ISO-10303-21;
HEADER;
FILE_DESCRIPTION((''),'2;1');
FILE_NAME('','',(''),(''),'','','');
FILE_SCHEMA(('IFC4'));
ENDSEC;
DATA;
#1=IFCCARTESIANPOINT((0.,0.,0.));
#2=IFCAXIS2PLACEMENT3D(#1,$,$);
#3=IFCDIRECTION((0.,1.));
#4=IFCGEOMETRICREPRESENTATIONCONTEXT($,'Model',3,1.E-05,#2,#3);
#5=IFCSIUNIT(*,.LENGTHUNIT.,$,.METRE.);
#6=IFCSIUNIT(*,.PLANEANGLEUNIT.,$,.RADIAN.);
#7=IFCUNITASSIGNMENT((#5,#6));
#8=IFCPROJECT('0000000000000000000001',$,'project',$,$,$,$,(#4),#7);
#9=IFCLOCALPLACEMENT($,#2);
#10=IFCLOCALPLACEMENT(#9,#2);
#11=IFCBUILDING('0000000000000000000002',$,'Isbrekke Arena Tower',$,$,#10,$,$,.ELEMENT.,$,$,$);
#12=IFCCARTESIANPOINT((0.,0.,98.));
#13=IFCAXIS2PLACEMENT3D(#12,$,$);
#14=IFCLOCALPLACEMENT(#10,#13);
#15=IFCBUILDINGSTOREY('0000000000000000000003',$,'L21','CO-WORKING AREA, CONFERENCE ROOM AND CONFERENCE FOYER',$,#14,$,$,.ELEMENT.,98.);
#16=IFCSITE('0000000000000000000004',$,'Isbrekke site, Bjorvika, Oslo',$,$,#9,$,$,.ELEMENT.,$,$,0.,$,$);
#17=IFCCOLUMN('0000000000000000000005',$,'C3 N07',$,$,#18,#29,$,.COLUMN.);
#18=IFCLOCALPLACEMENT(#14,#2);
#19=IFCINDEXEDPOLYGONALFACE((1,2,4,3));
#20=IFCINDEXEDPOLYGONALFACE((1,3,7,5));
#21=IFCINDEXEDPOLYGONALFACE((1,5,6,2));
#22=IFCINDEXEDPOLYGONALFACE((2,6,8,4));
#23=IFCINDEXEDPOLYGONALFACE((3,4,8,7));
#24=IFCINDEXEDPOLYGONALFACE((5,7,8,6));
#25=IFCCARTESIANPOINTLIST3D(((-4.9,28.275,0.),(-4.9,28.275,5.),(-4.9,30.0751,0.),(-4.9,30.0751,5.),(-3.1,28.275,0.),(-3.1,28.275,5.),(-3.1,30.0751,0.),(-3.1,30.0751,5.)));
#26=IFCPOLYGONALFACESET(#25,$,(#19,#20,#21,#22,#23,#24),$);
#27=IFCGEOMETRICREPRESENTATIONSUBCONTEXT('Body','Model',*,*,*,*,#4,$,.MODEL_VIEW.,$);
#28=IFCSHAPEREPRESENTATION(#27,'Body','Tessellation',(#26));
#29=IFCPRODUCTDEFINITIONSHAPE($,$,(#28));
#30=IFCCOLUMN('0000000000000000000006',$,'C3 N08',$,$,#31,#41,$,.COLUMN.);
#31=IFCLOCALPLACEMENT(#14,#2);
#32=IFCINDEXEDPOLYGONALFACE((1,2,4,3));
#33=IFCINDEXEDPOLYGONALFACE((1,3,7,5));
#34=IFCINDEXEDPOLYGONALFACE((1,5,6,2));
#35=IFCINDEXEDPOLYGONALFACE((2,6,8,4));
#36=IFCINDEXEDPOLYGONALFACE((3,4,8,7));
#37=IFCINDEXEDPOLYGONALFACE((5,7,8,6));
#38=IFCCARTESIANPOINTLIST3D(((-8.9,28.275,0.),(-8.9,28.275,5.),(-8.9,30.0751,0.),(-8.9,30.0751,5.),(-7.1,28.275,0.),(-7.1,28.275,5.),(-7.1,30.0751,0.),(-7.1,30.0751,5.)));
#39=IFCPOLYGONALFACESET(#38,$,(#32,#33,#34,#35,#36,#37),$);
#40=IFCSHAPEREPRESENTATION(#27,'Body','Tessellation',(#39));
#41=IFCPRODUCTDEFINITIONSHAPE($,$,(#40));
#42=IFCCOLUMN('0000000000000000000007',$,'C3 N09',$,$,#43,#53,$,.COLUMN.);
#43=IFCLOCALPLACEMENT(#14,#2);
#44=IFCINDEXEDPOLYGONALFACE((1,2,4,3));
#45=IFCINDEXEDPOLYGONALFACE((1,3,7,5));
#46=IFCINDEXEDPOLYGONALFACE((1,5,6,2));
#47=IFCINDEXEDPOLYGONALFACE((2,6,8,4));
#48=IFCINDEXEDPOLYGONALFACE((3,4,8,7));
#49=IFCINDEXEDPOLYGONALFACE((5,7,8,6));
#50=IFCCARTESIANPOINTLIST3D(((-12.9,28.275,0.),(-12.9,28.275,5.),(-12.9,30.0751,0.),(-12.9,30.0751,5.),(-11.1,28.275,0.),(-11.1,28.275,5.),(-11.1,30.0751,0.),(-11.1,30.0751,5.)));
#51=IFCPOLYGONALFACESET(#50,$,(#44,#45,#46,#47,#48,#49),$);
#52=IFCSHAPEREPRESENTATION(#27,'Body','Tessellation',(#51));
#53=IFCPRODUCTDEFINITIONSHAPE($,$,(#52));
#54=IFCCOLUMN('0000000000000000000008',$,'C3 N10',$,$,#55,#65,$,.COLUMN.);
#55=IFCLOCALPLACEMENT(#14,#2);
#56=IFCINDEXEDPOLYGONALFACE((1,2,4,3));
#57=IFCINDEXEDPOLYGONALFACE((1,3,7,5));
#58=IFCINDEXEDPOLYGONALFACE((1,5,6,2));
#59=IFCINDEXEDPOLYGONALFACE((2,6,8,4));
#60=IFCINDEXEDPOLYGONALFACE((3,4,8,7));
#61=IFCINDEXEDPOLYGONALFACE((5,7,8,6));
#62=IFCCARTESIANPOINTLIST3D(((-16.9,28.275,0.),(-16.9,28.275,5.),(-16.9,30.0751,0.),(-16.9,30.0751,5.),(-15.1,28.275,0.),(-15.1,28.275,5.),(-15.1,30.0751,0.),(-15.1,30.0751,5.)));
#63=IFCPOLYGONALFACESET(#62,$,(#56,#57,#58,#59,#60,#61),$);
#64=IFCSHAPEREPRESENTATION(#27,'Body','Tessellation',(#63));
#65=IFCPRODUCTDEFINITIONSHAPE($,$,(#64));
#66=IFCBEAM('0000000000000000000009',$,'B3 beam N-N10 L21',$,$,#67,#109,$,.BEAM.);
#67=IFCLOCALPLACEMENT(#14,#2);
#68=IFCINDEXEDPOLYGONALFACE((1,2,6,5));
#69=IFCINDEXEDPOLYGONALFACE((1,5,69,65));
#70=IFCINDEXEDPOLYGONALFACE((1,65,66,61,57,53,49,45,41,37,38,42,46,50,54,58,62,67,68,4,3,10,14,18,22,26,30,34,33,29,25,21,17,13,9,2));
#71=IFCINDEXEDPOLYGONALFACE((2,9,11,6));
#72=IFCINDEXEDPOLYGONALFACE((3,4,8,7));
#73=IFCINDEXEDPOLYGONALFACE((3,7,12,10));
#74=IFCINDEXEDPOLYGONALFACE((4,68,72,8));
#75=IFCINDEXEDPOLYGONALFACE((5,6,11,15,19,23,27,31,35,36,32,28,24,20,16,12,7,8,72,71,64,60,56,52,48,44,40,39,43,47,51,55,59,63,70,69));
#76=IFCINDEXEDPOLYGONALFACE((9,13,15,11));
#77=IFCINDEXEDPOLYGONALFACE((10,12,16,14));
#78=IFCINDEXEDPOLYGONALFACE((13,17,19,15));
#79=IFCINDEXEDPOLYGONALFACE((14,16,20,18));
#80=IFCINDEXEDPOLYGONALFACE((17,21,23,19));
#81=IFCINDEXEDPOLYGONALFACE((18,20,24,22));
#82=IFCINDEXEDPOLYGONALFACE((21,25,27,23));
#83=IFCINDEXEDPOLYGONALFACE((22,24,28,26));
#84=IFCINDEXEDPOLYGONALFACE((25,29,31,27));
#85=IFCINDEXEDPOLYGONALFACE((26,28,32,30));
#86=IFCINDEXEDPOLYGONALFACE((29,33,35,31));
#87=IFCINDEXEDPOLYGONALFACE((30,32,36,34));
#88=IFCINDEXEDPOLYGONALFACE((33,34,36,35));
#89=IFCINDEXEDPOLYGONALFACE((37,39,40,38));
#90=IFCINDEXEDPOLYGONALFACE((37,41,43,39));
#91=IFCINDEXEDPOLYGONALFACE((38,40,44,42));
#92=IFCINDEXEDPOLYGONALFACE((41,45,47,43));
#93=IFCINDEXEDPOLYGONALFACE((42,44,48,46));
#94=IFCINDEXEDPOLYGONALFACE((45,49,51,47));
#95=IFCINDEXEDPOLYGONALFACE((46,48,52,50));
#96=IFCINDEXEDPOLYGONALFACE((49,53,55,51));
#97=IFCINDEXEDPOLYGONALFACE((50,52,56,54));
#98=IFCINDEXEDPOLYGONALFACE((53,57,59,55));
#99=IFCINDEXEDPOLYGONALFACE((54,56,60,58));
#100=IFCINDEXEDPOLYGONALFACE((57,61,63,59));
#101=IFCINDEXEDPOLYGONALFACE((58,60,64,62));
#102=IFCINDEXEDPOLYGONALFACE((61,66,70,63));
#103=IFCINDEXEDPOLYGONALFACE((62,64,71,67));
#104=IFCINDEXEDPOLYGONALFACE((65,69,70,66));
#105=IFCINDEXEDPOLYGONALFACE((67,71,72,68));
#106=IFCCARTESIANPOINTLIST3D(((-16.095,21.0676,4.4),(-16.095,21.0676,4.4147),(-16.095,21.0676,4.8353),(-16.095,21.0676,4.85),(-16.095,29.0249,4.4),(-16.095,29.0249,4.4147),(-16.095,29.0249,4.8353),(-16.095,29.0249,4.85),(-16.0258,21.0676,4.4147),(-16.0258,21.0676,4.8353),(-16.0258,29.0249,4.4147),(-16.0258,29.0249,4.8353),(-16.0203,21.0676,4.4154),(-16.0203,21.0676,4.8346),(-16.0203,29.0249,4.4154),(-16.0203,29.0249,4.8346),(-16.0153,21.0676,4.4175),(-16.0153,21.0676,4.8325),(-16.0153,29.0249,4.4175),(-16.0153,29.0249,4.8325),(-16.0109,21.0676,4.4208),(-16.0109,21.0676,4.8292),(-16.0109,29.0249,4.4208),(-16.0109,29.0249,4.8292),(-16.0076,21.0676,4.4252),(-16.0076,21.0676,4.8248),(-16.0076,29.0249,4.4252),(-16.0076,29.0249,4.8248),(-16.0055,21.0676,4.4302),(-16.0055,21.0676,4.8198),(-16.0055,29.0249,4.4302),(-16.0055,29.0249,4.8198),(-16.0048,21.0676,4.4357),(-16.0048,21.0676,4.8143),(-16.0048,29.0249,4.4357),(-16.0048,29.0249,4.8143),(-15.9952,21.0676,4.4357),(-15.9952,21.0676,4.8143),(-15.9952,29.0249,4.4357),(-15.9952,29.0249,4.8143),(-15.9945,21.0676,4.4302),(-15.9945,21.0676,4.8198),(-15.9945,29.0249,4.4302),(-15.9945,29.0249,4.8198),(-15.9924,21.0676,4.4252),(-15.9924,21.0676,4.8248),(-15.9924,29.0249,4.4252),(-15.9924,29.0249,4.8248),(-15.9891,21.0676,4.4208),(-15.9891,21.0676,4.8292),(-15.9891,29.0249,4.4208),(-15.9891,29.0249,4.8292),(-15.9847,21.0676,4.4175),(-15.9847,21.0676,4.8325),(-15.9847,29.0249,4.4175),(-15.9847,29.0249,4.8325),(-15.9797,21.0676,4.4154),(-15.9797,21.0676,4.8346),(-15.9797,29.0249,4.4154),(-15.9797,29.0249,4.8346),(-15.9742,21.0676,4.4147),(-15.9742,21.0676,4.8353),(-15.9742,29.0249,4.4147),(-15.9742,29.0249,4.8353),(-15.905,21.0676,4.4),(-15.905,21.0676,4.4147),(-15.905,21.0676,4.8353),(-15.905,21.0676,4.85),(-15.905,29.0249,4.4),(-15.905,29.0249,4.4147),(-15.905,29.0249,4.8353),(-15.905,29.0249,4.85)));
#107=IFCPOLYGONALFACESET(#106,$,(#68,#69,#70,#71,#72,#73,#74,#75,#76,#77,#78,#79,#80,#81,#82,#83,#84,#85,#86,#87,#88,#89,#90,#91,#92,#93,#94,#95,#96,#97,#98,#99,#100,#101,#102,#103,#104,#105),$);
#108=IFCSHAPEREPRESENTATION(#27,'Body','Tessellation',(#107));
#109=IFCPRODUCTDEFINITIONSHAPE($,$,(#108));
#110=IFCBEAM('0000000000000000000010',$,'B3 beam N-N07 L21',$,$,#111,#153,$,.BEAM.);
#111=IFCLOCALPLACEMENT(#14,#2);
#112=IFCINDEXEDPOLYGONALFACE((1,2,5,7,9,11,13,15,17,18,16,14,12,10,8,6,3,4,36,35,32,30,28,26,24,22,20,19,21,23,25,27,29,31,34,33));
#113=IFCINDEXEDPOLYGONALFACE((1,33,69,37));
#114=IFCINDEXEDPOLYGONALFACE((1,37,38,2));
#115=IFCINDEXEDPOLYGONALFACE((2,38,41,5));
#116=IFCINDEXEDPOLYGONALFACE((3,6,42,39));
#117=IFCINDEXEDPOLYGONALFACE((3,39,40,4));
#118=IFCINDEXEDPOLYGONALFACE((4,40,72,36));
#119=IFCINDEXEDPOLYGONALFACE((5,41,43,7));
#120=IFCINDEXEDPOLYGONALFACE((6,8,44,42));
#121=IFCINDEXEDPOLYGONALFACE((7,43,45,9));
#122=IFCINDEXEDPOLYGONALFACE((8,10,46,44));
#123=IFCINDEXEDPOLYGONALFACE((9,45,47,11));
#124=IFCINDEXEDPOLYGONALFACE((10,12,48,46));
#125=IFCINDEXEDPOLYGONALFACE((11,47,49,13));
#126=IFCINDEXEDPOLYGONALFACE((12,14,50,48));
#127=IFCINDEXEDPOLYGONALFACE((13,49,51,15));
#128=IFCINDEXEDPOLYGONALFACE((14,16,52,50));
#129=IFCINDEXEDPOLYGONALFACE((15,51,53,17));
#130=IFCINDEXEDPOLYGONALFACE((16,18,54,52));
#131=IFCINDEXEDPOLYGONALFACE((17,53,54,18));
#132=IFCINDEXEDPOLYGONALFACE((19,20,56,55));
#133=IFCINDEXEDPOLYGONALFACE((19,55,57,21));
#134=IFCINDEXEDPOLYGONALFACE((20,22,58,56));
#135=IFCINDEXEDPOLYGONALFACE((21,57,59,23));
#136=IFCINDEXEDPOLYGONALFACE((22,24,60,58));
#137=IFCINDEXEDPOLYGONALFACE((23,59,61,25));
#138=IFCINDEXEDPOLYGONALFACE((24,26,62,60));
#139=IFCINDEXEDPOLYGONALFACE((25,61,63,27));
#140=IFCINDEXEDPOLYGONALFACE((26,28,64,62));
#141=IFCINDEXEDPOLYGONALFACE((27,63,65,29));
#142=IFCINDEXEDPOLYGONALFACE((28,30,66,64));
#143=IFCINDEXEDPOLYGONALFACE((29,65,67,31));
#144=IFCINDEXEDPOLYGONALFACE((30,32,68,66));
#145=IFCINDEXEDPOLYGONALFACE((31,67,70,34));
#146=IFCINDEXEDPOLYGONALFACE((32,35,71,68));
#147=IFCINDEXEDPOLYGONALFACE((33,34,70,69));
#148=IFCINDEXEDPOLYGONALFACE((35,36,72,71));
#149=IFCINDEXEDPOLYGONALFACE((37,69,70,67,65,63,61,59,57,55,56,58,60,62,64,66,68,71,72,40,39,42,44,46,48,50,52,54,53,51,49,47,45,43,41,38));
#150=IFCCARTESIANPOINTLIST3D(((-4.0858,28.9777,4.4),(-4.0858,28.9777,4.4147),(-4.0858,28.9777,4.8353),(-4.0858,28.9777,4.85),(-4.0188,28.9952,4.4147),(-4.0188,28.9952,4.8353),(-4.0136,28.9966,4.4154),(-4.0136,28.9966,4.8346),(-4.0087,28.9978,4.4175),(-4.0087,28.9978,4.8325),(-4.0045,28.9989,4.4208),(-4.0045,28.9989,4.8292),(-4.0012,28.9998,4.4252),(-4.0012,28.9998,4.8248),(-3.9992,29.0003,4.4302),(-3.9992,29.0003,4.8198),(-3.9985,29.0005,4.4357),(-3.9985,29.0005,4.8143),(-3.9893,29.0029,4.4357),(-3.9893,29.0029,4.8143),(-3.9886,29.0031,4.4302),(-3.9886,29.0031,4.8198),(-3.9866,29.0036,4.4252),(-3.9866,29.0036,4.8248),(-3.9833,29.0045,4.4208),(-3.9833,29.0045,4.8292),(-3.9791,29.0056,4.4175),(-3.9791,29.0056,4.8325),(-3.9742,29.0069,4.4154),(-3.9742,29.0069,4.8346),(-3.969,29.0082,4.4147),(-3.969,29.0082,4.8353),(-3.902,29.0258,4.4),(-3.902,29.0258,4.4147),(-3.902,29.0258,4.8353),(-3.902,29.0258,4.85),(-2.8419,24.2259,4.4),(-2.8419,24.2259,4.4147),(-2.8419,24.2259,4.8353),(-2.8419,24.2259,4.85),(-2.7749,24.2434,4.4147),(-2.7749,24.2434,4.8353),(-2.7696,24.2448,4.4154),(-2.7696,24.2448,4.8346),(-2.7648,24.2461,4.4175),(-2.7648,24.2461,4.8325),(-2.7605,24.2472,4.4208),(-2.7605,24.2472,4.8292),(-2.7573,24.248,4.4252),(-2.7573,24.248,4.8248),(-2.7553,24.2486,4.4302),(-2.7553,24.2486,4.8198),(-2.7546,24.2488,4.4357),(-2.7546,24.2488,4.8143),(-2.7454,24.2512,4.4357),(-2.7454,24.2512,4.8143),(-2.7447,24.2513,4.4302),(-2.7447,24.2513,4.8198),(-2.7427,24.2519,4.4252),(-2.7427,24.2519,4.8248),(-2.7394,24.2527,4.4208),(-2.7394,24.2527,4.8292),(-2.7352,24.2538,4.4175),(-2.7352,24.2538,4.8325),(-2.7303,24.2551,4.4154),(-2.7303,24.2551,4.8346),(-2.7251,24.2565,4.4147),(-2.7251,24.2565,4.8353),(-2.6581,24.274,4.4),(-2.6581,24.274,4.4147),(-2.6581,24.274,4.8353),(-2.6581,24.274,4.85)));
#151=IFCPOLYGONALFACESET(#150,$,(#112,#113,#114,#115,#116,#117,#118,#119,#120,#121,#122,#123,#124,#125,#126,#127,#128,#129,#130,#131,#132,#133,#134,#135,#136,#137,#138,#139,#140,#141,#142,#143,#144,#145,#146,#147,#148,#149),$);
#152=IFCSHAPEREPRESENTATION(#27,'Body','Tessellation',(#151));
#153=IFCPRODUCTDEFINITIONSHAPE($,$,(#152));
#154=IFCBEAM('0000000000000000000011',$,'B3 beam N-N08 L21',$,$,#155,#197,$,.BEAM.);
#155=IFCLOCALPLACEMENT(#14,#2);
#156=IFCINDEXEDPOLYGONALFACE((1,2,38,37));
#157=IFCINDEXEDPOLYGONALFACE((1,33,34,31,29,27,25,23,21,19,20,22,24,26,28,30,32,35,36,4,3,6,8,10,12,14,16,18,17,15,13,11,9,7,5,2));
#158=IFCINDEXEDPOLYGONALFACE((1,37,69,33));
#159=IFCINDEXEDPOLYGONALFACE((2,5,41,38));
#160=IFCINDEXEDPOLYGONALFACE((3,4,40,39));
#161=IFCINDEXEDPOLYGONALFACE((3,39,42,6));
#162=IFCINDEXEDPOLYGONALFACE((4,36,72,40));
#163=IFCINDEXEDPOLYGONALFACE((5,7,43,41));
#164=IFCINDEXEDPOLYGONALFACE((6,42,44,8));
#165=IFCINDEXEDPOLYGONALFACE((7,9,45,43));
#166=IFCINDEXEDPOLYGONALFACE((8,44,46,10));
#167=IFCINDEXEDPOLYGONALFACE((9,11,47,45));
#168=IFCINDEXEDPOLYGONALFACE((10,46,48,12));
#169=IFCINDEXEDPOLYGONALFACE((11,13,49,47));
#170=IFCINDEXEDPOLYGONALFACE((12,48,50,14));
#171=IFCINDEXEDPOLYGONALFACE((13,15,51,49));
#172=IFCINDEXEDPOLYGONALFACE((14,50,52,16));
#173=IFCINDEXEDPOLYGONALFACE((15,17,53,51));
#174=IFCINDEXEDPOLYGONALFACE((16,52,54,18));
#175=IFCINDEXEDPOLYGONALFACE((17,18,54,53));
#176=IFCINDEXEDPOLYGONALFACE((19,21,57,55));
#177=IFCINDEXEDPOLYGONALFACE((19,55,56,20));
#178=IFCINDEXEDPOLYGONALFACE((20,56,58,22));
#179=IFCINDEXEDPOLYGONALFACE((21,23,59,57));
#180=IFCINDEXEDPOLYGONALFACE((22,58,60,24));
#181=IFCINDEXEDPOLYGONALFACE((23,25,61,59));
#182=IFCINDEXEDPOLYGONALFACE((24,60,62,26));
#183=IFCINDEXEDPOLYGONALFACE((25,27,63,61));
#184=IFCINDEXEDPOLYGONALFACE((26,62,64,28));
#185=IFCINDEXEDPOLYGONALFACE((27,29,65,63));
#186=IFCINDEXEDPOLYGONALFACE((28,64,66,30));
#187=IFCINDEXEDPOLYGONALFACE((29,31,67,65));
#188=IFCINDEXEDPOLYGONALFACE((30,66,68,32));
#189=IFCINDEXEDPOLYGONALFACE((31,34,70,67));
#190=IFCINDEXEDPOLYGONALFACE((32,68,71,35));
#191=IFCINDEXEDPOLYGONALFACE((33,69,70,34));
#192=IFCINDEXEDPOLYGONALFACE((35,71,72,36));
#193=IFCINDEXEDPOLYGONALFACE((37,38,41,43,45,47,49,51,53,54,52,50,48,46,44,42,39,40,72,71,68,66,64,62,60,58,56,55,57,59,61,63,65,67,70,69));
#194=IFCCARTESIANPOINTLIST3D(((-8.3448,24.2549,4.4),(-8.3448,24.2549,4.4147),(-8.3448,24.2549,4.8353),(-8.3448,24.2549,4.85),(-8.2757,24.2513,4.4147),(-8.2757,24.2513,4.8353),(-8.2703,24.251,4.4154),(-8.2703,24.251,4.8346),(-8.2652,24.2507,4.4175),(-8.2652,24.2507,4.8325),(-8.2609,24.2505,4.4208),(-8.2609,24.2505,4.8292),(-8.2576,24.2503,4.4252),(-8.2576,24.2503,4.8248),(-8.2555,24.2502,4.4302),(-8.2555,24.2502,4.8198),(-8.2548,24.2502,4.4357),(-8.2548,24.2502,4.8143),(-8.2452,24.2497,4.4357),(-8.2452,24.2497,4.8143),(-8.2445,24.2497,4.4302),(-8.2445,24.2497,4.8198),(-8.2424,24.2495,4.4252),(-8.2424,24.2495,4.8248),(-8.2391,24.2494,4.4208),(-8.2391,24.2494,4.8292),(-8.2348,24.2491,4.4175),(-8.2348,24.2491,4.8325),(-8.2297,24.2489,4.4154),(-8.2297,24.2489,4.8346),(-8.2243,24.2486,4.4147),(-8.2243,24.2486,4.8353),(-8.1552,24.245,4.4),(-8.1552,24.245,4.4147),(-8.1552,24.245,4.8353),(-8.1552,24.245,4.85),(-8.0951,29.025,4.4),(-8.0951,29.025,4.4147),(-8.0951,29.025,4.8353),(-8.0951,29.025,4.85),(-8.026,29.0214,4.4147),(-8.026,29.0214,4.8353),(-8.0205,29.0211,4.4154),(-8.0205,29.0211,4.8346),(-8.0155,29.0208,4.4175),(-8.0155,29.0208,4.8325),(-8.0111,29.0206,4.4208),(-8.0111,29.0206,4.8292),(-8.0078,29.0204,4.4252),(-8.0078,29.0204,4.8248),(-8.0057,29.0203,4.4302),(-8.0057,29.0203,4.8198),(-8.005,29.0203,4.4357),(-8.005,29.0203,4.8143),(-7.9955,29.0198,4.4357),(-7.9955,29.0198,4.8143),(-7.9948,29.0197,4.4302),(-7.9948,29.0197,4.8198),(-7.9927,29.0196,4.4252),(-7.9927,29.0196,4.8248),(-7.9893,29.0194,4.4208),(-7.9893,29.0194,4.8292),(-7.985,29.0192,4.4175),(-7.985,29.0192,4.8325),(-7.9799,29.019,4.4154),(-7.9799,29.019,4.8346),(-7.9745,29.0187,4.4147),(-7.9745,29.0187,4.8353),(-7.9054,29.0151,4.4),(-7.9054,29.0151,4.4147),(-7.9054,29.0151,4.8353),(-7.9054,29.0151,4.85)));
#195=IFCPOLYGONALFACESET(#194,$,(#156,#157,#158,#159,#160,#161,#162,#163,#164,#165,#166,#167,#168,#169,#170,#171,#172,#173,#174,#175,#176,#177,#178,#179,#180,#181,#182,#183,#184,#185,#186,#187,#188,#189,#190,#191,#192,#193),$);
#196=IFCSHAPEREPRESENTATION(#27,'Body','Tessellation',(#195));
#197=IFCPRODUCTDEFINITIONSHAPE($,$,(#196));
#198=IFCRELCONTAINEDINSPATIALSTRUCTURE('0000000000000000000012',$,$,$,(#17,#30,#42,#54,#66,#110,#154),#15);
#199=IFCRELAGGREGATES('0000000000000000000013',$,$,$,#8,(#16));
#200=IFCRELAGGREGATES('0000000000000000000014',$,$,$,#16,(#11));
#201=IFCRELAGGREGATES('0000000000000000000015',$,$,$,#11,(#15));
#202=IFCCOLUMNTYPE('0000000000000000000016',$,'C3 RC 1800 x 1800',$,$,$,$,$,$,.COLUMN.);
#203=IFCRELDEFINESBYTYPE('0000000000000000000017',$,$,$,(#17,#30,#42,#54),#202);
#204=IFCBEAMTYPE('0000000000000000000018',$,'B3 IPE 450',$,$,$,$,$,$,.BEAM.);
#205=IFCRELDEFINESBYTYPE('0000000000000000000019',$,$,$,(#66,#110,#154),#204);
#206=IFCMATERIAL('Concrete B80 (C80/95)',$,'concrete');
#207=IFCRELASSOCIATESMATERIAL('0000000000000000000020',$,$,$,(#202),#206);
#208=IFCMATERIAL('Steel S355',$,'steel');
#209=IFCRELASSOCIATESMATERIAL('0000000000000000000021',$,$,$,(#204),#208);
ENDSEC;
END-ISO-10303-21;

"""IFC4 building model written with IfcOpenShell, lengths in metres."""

from ifc_helpers import new_model, si_unit, direction, frame, origin, origin_2d, place, context, subcontext, project, spatial, rectangle, i_section, extrude, material, material_profile, profile_set, type_object, element, save


model = new_model("IFC4")

# Units and contexts
model_context = context("Model", 3, precision=1e-05, world=origin(), true_north=direction((0.0, 1.0)))
body_context = subcontext(model_context, "Body", "Model", "MODEL_VIEW")
ifc_project = project(units=[si_unit("LENGTHUNIT", "METRE"), si_unit("PLANEANGLEUNIT", "RADIAN")], contexts=[model_context])

# Site, building, storey
site_placement = place(None, origin())
site = spatial("IfcSite", under=ifc_project, at=site_placement, Name="Isbrekke site, Bjorvika, Oslo", CompositionType="ELEMENT", RefElevation=0.0)
building_placement = place(site_placement, origin())
building = spatial("IfcBuilding", under=site, at=building_placement, Name="Isbrekke Arena Tower", CompositionType="ELEMENT")
storey_placement = place(building_placement, frame((0.0, 0.0, 98.0)))
storey = spatial("IfcBuildingStorey", under=building, at=storey_placement, Name="L21", Description="CO-WORKING AREA, CONFERENCE ROOM AND CONFERENCE FOYER", CompositionType="ELEMENT", Elevation=98.0)

# Columns
ifc_material_1 = material(Name="Concrete B80 (C80/95)", Category="concrete")
ifc_material_profile_1 = material_profile(ifc_material_1, rectangle(XDim=1.8, YDim=1.8, at=origin_2d()), Name="RC 1800x1800")
ifc_profile_set_1 = profile_set([ifc_material_profile_1], Name="Concrete B80 (C80/95)")
column_type = type_object("IfcColumnType", Name="C3 RC 1800 x 1800", PredefinedType="COLUMN", material=ifc_profile_set_1)
for number, where, z_axis, x_axis, name in (
    (1, (-4.0, 29.175, 0.0), (0.0, 0.0, 1.0), (-1.0, 0.0, 0.0), "C3 N07"),
    (2, (-8.0, 29.175, 0.0), (0.0, 0.0, 1.0), (-1.0, 0.0, 0.0), "C3 N08"),
    (3, (-12.0, 29.175, 0.0), (0.0, 0.0, 1.0), (-1.0, 0.0, 0.0), "C3 N09"),
    (4, (-16.0, 29.175, 0.0), (0.0, 0.0, 1.0), (-1.0, 0.0, 0.0), "C3 N10"),
):
    element("IfcColumn", number, at=place(storey_placement, frame(where, z_axis=z_axis, x_axis=x_axis)), inside=storey, type_object=column_type, Name=name, PredefinedType="COLUMN", context=body_context, shape_type="SweptSolid", body=[
        extrude(rectangle(XDim=1.8, YDim=1.8, at=origin_2d()), origin(), (0.0, 0.0, 1.0), 5.0),
    ])

# Beams
ifc_material_2 = material(Name="Steel S355", Category="steel")
ifc_material_profile_2 = material_profile(ifc_material_2, i_section(OverallWidth=0.1899, OverallDepth=0.45, WebThickness=0.0095, FlangeThickness=0.0146, FilletRadius=0.021, at=origin_2d()), Name="IPE 450")
ifc_profile_set_2 = profile_set([ifc_material_profile_2], Name="Steel S355")
beam_type_1 = type_object("IfcBeamType", Name="B3 IPE 450", PredefinedType="BEAM", material=ifc_profile_set_2)
beam_1_placement = place(storey_placement, frame((-16.0, 29.0249, 4.625), z_axis=(0.0, -1.0, 0.0), x_axis=(1.0, 0.0, 0.0)))
element("IfcBeam", 5, at=beam_1_placement, inside=storey, type_object=beam_type_1, Name="B3 beam N-N10 L21", PredefinedType="BEAM", context=body_context, shape_type="SweptSolid", body=[
    extrude(i_section(OverallWidth=0.1899, OverallDepth=0.45, WebThickness=0.0095, FlangeThickness=0.0146, FilletRadius=0.021, at=origin_2d()), origin(), (0.0, 0.0, 1.0), 7.9573),
])
beam_2_placement = place(storey_placement, frame((-3.9939, 29.0017, 4.625), z_axis=(0.253245, -0.967402, 0.0), x_axis=(0.967402, 0.253245, 0.0)))
element("IfcBeam", 6, at=beam_2_placement, inside=storey, type_object=beam_type_1, Name="B3 beam N-N07 L21", PredefinedType="BEAM", context=body_context, shape_type="SweptSolid", body=[
    extrude(i_section(OverallWidth=0.1899, OverallDepth=0.45, WebThickness=0.0095, FlangeThickness=0.0146, FilletRadius=0.021, at=origin_2d()), origin(), (0.0, 0.0, 1.0), 4.9119),
])
beam_3_placement = place(storey_placement, frame((-8.0002, 29.02, 4.625), z_axis=(-0.052288, -0.998632, 0.0), x_axis=(0.998632, -0.052288, 0.0)))
element("IfcBeam", 7, at=beam_3_placement, inside=storey, type_object=beam_type_1, Name="B3 beam N-N08 L21", PredefinedType="BEAM", context=body_context, shape_type="SweptSolid", body=[
    extrude(i_section(OverallWidth=0.1899, OverallDepth=0.45, WebThickness=0.0095, FlangeThickness=0.0146, FilletRadius=0.021, at=origin_2d()), origin(), (0.0, 0.0, 1.0), 4.7766),
])

save(model, "model.ifc")
